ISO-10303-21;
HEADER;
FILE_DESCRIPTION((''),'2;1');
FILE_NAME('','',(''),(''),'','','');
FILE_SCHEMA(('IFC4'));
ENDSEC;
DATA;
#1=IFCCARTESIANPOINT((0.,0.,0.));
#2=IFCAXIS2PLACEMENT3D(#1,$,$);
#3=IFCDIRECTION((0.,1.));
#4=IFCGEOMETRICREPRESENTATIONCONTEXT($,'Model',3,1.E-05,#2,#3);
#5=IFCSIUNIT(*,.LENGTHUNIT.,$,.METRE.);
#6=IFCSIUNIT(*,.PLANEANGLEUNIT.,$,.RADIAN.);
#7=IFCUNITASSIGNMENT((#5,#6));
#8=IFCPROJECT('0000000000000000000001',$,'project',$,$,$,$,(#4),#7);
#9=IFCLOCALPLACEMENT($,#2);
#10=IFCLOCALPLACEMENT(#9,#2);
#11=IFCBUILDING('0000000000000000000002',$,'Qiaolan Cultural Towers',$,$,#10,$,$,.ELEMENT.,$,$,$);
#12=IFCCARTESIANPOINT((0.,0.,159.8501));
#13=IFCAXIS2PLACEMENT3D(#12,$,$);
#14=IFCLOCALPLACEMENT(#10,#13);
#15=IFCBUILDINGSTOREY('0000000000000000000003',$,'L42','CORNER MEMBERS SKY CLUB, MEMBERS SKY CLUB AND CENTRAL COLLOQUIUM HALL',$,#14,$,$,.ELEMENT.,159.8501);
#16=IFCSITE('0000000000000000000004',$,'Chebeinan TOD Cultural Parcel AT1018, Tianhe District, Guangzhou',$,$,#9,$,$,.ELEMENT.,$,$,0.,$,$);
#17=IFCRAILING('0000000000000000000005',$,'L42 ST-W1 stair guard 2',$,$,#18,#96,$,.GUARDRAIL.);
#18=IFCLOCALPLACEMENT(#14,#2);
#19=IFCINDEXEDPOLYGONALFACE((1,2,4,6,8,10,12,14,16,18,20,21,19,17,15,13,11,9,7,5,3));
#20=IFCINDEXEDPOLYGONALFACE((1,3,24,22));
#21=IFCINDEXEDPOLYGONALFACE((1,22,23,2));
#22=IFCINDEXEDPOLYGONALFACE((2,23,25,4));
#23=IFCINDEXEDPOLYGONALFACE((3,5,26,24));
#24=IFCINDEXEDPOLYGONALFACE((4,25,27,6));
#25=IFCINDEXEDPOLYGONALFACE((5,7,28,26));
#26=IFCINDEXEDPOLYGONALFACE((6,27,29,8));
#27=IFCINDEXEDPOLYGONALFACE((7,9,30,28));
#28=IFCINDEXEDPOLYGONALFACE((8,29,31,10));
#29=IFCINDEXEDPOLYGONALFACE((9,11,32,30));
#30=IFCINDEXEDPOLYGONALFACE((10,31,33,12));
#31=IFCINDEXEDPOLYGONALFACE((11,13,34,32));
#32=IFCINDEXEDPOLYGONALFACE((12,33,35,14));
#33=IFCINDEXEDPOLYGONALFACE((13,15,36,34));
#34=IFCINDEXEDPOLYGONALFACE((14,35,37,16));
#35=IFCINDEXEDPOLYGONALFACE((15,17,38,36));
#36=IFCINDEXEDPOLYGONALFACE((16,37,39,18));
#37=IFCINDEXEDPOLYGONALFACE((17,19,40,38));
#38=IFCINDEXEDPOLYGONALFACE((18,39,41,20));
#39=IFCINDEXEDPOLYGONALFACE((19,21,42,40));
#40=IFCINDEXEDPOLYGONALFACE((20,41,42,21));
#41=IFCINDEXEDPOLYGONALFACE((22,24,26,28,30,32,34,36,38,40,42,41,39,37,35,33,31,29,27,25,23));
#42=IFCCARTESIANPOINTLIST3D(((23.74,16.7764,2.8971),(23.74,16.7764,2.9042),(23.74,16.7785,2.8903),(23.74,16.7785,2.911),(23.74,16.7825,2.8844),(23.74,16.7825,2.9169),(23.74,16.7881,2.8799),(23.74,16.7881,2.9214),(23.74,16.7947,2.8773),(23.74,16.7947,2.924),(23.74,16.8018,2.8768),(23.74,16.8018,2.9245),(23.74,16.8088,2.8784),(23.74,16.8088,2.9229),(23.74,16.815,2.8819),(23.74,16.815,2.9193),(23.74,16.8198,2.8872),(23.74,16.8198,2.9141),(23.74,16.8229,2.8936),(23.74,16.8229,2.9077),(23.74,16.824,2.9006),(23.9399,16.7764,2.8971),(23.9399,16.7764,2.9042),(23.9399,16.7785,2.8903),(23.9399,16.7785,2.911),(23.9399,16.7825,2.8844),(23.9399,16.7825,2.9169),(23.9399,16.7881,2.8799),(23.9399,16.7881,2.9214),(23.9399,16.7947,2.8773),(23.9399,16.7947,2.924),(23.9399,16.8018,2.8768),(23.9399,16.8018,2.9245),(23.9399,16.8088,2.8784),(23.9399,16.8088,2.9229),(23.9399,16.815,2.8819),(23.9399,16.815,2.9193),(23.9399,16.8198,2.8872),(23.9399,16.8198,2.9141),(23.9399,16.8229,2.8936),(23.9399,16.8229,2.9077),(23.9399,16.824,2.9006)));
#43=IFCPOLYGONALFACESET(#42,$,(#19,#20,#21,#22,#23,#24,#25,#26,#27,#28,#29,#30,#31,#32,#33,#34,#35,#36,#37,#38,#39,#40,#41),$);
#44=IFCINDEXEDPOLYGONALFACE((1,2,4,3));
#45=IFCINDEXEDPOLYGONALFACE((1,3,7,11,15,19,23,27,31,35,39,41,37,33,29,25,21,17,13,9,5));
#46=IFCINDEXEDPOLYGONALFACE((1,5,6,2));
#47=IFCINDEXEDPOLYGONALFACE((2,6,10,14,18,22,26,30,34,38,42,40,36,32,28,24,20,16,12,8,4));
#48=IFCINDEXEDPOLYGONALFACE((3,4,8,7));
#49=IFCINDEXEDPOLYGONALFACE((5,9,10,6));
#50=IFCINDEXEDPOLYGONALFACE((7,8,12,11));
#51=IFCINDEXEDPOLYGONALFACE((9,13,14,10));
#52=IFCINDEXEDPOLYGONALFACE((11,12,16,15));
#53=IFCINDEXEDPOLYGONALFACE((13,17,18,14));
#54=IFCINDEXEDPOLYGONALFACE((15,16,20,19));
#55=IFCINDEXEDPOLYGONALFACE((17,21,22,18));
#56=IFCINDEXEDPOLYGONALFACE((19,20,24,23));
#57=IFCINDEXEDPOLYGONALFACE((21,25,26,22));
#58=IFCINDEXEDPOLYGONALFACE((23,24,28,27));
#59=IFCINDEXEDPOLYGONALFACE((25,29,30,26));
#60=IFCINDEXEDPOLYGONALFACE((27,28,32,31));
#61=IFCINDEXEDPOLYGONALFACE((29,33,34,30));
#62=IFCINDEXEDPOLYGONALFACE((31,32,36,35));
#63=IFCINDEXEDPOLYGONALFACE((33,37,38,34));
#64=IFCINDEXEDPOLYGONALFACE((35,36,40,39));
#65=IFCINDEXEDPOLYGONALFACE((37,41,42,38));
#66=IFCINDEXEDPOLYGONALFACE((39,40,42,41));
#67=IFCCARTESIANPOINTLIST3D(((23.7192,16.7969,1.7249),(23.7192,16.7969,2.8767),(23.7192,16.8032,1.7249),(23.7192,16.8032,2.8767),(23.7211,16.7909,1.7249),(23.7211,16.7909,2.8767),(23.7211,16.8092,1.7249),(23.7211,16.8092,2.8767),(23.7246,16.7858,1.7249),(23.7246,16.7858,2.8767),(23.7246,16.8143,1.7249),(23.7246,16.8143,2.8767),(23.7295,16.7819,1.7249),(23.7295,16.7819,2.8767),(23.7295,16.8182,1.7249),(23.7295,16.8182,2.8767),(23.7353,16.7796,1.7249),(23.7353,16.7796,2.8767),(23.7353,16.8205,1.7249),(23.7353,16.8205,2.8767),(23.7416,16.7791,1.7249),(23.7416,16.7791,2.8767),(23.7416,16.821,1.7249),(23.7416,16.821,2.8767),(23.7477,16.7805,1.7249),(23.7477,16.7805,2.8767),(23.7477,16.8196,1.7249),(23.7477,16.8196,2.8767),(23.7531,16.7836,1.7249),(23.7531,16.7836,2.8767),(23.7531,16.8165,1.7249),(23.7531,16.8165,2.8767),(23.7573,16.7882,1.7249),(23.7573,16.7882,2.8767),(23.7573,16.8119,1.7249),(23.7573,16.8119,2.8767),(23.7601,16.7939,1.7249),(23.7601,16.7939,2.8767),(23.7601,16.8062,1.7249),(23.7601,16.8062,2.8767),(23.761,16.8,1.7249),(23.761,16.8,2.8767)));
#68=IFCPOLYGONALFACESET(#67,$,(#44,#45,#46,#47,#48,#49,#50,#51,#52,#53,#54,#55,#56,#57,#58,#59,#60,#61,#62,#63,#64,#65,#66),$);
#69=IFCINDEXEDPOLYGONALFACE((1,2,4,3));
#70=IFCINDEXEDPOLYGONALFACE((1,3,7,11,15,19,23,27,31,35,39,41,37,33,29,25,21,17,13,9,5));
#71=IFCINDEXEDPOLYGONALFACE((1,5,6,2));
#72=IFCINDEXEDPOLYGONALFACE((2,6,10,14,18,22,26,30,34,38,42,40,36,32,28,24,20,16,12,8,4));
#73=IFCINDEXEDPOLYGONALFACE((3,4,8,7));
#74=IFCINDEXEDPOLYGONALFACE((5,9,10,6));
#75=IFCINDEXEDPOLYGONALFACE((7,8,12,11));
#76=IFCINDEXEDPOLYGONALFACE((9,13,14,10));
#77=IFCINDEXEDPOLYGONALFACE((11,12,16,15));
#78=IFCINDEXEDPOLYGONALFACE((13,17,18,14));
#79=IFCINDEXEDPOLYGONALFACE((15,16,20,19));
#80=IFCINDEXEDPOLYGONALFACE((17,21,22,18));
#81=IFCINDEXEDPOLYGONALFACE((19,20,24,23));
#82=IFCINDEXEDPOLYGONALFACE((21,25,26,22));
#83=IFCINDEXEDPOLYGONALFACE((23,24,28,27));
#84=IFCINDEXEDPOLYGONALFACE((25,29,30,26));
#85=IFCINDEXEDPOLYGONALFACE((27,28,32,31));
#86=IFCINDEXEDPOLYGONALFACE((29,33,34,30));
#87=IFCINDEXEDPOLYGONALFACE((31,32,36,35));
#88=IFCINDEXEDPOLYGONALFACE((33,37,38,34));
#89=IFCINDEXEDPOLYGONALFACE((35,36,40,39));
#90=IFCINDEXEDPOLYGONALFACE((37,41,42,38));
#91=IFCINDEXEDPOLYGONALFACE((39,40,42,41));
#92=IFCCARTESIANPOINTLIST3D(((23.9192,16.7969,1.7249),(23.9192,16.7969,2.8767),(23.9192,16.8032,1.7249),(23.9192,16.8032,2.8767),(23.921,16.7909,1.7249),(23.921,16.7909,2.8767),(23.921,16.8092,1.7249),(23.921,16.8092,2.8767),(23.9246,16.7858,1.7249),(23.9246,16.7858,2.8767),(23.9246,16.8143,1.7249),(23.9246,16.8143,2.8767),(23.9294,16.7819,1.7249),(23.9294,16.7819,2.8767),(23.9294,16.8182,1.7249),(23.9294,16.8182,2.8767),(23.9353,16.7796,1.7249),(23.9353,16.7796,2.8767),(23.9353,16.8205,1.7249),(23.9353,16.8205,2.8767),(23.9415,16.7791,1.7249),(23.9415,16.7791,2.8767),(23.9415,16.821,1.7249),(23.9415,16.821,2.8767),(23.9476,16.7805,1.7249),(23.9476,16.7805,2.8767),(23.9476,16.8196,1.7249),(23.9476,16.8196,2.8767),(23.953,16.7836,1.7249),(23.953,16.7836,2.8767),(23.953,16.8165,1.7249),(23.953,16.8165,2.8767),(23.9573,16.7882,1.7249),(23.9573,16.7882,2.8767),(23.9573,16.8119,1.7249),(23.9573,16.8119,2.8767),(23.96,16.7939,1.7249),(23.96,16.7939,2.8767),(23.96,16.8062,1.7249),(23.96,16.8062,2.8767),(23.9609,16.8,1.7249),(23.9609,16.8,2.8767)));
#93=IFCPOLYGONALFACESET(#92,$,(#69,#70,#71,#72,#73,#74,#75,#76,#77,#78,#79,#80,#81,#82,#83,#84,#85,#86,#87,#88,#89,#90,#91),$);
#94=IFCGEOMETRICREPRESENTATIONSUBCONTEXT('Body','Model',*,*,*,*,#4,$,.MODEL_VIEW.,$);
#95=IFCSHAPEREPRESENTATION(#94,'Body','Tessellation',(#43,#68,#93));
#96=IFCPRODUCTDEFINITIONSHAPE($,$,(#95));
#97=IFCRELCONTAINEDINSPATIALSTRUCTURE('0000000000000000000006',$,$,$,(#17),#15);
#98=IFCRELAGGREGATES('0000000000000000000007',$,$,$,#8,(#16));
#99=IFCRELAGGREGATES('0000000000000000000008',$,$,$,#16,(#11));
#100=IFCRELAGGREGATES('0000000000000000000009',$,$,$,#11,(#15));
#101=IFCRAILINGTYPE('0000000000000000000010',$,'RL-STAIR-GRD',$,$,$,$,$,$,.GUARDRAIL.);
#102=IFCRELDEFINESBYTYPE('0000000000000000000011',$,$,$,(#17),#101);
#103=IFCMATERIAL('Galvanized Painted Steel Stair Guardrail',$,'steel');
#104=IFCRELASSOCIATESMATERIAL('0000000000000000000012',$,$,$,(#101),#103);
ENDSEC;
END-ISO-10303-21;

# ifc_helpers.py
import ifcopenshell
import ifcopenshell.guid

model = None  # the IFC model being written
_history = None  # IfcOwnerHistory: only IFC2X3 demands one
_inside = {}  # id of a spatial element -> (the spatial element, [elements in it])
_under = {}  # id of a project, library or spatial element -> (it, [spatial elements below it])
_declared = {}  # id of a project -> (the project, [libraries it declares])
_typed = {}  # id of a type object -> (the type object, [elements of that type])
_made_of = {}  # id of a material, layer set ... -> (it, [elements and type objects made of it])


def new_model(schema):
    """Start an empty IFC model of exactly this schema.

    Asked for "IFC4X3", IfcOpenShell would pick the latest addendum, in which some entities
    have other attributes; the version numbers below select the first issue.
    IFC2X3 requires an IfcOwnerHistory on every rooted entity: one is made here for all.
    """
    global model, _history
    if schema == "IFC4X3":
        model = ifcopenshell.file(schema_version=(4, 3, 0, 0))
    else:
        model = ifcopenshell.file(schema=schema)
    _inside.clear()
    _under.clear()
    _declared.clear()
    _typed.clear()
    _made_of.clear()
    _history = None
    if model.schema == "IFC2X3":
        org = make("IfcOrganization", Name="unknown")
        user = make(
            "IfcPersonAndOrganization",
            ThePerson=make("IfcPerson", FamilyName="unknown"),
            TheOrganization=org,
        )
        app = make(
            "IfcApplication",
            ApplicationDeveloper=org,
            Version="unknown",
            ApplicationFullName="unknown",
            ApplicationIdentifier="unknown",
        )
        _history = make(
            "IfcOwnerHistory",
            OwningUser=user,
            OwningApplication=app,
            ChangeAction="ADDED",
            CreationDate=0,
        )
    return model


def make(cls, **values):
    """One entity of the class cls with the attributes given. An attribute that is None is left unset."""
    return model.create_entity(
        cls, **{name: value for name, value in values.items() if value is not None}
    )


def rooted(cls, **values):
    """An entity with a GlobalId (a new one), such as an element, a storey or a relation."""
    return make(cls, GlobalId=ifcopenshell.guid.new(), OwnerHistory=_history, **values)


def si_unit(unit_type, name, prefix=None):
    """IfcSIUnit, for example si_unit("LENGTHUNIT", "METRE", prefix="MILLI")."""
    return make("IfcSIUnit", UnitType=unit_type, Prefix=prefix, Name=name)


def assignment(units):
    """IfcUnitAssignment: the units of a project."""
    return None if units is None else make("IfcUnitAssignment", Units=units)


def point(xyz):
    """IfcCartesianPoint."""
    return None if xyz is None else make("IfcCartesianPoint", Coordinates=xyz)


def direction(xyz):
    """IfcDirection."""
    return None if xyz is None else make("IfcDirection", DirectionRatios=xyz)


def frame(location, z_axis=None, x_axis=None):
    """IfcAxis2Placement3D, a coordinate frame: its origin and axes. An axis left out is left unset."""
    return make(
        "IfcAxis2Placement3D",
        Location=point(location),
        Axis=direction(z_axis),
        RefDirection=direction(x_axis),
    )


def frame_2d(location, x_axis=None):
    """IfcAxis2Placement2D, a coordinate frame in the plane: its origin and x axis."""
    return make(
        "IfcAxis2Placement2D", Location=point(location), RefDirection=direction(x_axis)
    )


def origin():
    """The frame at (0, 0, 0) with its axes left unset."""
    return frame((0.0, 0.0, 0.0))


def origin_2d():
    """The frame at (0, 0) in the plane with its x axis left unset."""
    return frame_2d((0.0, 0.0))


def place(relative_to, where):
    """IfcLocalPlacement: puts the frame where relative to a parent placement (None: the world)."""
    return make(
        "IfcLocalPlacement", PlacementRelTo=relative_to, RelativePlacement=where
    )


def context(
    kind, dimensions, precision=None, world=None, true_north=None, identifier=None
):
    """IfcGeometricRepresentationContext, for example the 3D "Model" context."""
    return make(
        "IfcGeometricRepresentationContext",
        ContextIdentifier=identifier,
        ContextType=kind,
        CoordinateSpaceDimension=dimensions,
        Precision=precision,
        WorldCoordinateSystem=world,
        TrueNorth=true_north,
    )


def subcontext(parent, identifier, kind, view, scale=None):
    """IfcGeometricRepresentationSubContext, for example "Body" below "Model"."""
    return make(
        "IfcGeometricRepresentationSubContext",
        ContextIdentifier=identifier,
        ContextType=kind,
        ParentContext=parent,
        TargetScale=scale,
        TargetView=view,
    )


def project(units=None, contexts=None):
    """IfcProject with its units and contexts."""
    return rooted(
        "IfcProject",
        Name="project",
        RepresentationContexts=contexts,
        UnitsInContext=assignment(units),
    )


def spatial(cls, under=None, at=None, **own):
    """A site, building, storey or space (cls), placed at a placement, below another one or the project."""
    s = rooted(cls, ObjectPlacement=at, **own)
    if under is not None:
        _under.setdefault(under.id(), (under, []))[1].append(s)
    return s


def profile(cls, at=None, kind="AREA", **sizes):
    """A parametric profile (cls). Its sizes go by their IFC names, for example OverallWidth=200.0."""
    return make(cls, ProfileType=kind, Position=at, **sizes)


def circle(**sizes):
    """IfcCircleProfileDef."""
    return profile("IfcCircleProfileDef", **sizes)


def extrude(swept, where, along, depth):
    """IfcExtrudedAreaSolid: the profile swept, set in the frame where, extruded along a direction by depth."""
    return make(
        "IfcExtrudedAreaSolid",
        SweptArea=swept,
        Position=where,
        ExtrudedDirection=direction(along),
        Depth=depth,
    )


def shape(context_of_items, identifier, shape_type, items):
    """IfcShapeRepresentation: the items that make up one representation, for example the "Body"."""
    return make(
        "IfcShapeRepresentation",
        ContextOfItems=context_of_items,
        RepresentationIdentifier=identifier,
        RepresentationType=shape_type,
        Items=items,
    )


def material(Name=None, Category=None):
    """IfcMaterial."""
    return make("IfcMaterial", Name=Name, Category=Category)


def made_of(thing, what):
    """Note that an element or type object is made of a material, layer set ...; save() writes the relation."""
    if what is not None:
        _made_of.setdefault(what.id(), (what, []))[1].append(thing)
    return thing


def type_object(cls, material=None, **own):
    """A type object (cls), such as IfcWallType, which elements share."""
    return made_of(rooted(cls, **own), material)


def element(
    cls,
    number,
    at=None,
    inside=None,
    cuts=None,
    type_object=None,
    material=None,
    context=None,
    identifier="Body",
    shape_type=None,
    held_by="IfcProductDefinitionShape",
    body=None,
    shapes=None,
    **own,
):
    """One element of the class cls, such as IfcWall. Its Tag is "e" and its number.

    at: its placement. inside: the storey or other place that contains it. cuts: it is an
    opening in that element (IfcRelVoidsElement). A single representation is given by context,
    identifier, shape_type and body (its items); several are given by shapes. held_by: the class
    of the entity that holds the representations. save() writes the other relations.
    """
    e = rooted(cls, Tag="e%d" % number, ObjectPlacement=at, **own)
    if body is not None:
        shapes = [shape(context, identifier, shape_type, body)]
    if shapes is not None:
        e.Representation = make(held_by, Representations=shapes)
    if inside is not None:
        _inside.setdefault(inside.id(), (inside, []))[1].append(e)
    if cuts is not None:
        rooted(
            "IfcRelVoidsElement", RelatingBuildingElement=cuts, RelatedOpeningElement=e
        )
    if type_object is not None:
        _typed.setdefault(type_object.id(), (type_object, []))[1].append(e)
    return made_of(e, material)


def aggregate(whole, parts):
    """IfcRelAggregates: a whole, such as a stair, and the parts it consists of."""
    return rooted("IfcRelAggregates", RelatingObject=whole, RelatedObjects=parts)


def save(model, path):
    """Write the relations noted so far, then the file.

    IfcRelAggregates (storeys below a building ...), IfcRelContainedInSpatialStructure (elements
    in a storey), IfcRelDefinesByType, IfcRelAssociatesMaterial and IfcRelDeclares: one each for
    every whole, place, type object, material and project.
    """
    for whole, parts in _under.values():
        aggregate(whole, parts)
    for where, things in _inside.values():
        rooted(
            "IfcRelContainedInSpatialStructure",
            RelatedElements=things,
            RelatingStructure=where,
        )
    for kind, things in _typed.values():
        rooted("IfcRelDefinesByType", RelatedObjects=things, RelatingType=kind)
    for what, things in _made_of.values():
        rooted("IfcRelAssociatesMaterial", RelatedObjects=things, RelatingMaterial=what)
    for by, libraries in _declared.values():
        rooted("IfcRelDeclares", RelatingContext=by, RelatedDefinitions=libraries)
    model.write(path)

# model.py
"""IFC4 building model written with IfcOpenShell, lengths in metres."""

from ifc_helpers import new_model, si_unit, direction, frame, origin, origin_2d, place, context, subcontext, project, spatial, circle, extrude, material, type_object, element, save


model = new_model("IFC4")

# Units and contexts
model_context = context("Model", 3, precision=1e-05, world=origin(), true_north=direction((0.0, 1.0)))
body_context = subcontext(model_context, "Body", "Model", "MODEL_VIEW")
ifc_project = project(units=[si_unit("LENGTHUNIT", "METRE"), si_unit("PLANEANGLEUNIT", "RADIAN")], contexts=[model_context])

# Site, building, storey
site_placement = place(None, origin())
site = spatial("IfcSite", under=ifc_project, at=site_placement, Name="Chebeinan TOD Cultural Parcel AT1018, Tianhe District, Guangzhou", CompositionType="ELEMENT", RefElevation=0.0)
building_placement = place(site_placement, origin())
building = spatial("IfcBuilding", under=site, at=building_placement, Name="Qiaolan Cultural Towers", CompositionType="ELEMENT")
storey_placement = place(building_placement, frame((0.0, 0.0, 159.8501)))
storey = spatial("IfcBuildingStorey", under=building, at=storey_placement, Name="L42", Description="CORNER MEMBERS SKY CLUB, MEMBERS SKY CLUB AND CENTRAL COLLOQUIUM HALL", CompositionType="ELEMENT", Elevation=159.8501)

# Railing
ifc_material_1 = material(Name="Galvanized Painted Steel Stair Guardrail", Category="steel")
railing_type_1 = type_object("IfcRailingType", Name="RL-STAIR-GRD", PredefinedType="GUARDRAIL", material=ifc_material_1)
railing_1_placement = place(storey_placement, frame((23.74, 16.8, 1.7249)))
element("IfcRailing", 1, at=railing_1_placement, inside=storey, type_object=railing_type_1, Name="L42 ST-W1 stair guard 2", PredefinedType="GUARDRAIL", context=body_context, shape_type="SweptSolid", body=[
    extrude(circle(Radius=0.0239, at=origin_2d()), frame((0.0, 0.0, 1.1758), z_axis=(1.0, 0.0, 0.0), x_axis=(0.0, 1.0, 0.0)), (0.0, 0.0, 1.0), 0.2),
    extrude(circle(Radius=0.021, at=origin_2d()), origin(), (0.0, 0.0, 1.0), 1.1519),
    extrude(circle(Radius=0.021, at=origin_2d()), frame((0.2, 0.0, 0.0)), (0.0, 0.0, 1.0), 1.1519),
])

save(model, "model.ifc")
